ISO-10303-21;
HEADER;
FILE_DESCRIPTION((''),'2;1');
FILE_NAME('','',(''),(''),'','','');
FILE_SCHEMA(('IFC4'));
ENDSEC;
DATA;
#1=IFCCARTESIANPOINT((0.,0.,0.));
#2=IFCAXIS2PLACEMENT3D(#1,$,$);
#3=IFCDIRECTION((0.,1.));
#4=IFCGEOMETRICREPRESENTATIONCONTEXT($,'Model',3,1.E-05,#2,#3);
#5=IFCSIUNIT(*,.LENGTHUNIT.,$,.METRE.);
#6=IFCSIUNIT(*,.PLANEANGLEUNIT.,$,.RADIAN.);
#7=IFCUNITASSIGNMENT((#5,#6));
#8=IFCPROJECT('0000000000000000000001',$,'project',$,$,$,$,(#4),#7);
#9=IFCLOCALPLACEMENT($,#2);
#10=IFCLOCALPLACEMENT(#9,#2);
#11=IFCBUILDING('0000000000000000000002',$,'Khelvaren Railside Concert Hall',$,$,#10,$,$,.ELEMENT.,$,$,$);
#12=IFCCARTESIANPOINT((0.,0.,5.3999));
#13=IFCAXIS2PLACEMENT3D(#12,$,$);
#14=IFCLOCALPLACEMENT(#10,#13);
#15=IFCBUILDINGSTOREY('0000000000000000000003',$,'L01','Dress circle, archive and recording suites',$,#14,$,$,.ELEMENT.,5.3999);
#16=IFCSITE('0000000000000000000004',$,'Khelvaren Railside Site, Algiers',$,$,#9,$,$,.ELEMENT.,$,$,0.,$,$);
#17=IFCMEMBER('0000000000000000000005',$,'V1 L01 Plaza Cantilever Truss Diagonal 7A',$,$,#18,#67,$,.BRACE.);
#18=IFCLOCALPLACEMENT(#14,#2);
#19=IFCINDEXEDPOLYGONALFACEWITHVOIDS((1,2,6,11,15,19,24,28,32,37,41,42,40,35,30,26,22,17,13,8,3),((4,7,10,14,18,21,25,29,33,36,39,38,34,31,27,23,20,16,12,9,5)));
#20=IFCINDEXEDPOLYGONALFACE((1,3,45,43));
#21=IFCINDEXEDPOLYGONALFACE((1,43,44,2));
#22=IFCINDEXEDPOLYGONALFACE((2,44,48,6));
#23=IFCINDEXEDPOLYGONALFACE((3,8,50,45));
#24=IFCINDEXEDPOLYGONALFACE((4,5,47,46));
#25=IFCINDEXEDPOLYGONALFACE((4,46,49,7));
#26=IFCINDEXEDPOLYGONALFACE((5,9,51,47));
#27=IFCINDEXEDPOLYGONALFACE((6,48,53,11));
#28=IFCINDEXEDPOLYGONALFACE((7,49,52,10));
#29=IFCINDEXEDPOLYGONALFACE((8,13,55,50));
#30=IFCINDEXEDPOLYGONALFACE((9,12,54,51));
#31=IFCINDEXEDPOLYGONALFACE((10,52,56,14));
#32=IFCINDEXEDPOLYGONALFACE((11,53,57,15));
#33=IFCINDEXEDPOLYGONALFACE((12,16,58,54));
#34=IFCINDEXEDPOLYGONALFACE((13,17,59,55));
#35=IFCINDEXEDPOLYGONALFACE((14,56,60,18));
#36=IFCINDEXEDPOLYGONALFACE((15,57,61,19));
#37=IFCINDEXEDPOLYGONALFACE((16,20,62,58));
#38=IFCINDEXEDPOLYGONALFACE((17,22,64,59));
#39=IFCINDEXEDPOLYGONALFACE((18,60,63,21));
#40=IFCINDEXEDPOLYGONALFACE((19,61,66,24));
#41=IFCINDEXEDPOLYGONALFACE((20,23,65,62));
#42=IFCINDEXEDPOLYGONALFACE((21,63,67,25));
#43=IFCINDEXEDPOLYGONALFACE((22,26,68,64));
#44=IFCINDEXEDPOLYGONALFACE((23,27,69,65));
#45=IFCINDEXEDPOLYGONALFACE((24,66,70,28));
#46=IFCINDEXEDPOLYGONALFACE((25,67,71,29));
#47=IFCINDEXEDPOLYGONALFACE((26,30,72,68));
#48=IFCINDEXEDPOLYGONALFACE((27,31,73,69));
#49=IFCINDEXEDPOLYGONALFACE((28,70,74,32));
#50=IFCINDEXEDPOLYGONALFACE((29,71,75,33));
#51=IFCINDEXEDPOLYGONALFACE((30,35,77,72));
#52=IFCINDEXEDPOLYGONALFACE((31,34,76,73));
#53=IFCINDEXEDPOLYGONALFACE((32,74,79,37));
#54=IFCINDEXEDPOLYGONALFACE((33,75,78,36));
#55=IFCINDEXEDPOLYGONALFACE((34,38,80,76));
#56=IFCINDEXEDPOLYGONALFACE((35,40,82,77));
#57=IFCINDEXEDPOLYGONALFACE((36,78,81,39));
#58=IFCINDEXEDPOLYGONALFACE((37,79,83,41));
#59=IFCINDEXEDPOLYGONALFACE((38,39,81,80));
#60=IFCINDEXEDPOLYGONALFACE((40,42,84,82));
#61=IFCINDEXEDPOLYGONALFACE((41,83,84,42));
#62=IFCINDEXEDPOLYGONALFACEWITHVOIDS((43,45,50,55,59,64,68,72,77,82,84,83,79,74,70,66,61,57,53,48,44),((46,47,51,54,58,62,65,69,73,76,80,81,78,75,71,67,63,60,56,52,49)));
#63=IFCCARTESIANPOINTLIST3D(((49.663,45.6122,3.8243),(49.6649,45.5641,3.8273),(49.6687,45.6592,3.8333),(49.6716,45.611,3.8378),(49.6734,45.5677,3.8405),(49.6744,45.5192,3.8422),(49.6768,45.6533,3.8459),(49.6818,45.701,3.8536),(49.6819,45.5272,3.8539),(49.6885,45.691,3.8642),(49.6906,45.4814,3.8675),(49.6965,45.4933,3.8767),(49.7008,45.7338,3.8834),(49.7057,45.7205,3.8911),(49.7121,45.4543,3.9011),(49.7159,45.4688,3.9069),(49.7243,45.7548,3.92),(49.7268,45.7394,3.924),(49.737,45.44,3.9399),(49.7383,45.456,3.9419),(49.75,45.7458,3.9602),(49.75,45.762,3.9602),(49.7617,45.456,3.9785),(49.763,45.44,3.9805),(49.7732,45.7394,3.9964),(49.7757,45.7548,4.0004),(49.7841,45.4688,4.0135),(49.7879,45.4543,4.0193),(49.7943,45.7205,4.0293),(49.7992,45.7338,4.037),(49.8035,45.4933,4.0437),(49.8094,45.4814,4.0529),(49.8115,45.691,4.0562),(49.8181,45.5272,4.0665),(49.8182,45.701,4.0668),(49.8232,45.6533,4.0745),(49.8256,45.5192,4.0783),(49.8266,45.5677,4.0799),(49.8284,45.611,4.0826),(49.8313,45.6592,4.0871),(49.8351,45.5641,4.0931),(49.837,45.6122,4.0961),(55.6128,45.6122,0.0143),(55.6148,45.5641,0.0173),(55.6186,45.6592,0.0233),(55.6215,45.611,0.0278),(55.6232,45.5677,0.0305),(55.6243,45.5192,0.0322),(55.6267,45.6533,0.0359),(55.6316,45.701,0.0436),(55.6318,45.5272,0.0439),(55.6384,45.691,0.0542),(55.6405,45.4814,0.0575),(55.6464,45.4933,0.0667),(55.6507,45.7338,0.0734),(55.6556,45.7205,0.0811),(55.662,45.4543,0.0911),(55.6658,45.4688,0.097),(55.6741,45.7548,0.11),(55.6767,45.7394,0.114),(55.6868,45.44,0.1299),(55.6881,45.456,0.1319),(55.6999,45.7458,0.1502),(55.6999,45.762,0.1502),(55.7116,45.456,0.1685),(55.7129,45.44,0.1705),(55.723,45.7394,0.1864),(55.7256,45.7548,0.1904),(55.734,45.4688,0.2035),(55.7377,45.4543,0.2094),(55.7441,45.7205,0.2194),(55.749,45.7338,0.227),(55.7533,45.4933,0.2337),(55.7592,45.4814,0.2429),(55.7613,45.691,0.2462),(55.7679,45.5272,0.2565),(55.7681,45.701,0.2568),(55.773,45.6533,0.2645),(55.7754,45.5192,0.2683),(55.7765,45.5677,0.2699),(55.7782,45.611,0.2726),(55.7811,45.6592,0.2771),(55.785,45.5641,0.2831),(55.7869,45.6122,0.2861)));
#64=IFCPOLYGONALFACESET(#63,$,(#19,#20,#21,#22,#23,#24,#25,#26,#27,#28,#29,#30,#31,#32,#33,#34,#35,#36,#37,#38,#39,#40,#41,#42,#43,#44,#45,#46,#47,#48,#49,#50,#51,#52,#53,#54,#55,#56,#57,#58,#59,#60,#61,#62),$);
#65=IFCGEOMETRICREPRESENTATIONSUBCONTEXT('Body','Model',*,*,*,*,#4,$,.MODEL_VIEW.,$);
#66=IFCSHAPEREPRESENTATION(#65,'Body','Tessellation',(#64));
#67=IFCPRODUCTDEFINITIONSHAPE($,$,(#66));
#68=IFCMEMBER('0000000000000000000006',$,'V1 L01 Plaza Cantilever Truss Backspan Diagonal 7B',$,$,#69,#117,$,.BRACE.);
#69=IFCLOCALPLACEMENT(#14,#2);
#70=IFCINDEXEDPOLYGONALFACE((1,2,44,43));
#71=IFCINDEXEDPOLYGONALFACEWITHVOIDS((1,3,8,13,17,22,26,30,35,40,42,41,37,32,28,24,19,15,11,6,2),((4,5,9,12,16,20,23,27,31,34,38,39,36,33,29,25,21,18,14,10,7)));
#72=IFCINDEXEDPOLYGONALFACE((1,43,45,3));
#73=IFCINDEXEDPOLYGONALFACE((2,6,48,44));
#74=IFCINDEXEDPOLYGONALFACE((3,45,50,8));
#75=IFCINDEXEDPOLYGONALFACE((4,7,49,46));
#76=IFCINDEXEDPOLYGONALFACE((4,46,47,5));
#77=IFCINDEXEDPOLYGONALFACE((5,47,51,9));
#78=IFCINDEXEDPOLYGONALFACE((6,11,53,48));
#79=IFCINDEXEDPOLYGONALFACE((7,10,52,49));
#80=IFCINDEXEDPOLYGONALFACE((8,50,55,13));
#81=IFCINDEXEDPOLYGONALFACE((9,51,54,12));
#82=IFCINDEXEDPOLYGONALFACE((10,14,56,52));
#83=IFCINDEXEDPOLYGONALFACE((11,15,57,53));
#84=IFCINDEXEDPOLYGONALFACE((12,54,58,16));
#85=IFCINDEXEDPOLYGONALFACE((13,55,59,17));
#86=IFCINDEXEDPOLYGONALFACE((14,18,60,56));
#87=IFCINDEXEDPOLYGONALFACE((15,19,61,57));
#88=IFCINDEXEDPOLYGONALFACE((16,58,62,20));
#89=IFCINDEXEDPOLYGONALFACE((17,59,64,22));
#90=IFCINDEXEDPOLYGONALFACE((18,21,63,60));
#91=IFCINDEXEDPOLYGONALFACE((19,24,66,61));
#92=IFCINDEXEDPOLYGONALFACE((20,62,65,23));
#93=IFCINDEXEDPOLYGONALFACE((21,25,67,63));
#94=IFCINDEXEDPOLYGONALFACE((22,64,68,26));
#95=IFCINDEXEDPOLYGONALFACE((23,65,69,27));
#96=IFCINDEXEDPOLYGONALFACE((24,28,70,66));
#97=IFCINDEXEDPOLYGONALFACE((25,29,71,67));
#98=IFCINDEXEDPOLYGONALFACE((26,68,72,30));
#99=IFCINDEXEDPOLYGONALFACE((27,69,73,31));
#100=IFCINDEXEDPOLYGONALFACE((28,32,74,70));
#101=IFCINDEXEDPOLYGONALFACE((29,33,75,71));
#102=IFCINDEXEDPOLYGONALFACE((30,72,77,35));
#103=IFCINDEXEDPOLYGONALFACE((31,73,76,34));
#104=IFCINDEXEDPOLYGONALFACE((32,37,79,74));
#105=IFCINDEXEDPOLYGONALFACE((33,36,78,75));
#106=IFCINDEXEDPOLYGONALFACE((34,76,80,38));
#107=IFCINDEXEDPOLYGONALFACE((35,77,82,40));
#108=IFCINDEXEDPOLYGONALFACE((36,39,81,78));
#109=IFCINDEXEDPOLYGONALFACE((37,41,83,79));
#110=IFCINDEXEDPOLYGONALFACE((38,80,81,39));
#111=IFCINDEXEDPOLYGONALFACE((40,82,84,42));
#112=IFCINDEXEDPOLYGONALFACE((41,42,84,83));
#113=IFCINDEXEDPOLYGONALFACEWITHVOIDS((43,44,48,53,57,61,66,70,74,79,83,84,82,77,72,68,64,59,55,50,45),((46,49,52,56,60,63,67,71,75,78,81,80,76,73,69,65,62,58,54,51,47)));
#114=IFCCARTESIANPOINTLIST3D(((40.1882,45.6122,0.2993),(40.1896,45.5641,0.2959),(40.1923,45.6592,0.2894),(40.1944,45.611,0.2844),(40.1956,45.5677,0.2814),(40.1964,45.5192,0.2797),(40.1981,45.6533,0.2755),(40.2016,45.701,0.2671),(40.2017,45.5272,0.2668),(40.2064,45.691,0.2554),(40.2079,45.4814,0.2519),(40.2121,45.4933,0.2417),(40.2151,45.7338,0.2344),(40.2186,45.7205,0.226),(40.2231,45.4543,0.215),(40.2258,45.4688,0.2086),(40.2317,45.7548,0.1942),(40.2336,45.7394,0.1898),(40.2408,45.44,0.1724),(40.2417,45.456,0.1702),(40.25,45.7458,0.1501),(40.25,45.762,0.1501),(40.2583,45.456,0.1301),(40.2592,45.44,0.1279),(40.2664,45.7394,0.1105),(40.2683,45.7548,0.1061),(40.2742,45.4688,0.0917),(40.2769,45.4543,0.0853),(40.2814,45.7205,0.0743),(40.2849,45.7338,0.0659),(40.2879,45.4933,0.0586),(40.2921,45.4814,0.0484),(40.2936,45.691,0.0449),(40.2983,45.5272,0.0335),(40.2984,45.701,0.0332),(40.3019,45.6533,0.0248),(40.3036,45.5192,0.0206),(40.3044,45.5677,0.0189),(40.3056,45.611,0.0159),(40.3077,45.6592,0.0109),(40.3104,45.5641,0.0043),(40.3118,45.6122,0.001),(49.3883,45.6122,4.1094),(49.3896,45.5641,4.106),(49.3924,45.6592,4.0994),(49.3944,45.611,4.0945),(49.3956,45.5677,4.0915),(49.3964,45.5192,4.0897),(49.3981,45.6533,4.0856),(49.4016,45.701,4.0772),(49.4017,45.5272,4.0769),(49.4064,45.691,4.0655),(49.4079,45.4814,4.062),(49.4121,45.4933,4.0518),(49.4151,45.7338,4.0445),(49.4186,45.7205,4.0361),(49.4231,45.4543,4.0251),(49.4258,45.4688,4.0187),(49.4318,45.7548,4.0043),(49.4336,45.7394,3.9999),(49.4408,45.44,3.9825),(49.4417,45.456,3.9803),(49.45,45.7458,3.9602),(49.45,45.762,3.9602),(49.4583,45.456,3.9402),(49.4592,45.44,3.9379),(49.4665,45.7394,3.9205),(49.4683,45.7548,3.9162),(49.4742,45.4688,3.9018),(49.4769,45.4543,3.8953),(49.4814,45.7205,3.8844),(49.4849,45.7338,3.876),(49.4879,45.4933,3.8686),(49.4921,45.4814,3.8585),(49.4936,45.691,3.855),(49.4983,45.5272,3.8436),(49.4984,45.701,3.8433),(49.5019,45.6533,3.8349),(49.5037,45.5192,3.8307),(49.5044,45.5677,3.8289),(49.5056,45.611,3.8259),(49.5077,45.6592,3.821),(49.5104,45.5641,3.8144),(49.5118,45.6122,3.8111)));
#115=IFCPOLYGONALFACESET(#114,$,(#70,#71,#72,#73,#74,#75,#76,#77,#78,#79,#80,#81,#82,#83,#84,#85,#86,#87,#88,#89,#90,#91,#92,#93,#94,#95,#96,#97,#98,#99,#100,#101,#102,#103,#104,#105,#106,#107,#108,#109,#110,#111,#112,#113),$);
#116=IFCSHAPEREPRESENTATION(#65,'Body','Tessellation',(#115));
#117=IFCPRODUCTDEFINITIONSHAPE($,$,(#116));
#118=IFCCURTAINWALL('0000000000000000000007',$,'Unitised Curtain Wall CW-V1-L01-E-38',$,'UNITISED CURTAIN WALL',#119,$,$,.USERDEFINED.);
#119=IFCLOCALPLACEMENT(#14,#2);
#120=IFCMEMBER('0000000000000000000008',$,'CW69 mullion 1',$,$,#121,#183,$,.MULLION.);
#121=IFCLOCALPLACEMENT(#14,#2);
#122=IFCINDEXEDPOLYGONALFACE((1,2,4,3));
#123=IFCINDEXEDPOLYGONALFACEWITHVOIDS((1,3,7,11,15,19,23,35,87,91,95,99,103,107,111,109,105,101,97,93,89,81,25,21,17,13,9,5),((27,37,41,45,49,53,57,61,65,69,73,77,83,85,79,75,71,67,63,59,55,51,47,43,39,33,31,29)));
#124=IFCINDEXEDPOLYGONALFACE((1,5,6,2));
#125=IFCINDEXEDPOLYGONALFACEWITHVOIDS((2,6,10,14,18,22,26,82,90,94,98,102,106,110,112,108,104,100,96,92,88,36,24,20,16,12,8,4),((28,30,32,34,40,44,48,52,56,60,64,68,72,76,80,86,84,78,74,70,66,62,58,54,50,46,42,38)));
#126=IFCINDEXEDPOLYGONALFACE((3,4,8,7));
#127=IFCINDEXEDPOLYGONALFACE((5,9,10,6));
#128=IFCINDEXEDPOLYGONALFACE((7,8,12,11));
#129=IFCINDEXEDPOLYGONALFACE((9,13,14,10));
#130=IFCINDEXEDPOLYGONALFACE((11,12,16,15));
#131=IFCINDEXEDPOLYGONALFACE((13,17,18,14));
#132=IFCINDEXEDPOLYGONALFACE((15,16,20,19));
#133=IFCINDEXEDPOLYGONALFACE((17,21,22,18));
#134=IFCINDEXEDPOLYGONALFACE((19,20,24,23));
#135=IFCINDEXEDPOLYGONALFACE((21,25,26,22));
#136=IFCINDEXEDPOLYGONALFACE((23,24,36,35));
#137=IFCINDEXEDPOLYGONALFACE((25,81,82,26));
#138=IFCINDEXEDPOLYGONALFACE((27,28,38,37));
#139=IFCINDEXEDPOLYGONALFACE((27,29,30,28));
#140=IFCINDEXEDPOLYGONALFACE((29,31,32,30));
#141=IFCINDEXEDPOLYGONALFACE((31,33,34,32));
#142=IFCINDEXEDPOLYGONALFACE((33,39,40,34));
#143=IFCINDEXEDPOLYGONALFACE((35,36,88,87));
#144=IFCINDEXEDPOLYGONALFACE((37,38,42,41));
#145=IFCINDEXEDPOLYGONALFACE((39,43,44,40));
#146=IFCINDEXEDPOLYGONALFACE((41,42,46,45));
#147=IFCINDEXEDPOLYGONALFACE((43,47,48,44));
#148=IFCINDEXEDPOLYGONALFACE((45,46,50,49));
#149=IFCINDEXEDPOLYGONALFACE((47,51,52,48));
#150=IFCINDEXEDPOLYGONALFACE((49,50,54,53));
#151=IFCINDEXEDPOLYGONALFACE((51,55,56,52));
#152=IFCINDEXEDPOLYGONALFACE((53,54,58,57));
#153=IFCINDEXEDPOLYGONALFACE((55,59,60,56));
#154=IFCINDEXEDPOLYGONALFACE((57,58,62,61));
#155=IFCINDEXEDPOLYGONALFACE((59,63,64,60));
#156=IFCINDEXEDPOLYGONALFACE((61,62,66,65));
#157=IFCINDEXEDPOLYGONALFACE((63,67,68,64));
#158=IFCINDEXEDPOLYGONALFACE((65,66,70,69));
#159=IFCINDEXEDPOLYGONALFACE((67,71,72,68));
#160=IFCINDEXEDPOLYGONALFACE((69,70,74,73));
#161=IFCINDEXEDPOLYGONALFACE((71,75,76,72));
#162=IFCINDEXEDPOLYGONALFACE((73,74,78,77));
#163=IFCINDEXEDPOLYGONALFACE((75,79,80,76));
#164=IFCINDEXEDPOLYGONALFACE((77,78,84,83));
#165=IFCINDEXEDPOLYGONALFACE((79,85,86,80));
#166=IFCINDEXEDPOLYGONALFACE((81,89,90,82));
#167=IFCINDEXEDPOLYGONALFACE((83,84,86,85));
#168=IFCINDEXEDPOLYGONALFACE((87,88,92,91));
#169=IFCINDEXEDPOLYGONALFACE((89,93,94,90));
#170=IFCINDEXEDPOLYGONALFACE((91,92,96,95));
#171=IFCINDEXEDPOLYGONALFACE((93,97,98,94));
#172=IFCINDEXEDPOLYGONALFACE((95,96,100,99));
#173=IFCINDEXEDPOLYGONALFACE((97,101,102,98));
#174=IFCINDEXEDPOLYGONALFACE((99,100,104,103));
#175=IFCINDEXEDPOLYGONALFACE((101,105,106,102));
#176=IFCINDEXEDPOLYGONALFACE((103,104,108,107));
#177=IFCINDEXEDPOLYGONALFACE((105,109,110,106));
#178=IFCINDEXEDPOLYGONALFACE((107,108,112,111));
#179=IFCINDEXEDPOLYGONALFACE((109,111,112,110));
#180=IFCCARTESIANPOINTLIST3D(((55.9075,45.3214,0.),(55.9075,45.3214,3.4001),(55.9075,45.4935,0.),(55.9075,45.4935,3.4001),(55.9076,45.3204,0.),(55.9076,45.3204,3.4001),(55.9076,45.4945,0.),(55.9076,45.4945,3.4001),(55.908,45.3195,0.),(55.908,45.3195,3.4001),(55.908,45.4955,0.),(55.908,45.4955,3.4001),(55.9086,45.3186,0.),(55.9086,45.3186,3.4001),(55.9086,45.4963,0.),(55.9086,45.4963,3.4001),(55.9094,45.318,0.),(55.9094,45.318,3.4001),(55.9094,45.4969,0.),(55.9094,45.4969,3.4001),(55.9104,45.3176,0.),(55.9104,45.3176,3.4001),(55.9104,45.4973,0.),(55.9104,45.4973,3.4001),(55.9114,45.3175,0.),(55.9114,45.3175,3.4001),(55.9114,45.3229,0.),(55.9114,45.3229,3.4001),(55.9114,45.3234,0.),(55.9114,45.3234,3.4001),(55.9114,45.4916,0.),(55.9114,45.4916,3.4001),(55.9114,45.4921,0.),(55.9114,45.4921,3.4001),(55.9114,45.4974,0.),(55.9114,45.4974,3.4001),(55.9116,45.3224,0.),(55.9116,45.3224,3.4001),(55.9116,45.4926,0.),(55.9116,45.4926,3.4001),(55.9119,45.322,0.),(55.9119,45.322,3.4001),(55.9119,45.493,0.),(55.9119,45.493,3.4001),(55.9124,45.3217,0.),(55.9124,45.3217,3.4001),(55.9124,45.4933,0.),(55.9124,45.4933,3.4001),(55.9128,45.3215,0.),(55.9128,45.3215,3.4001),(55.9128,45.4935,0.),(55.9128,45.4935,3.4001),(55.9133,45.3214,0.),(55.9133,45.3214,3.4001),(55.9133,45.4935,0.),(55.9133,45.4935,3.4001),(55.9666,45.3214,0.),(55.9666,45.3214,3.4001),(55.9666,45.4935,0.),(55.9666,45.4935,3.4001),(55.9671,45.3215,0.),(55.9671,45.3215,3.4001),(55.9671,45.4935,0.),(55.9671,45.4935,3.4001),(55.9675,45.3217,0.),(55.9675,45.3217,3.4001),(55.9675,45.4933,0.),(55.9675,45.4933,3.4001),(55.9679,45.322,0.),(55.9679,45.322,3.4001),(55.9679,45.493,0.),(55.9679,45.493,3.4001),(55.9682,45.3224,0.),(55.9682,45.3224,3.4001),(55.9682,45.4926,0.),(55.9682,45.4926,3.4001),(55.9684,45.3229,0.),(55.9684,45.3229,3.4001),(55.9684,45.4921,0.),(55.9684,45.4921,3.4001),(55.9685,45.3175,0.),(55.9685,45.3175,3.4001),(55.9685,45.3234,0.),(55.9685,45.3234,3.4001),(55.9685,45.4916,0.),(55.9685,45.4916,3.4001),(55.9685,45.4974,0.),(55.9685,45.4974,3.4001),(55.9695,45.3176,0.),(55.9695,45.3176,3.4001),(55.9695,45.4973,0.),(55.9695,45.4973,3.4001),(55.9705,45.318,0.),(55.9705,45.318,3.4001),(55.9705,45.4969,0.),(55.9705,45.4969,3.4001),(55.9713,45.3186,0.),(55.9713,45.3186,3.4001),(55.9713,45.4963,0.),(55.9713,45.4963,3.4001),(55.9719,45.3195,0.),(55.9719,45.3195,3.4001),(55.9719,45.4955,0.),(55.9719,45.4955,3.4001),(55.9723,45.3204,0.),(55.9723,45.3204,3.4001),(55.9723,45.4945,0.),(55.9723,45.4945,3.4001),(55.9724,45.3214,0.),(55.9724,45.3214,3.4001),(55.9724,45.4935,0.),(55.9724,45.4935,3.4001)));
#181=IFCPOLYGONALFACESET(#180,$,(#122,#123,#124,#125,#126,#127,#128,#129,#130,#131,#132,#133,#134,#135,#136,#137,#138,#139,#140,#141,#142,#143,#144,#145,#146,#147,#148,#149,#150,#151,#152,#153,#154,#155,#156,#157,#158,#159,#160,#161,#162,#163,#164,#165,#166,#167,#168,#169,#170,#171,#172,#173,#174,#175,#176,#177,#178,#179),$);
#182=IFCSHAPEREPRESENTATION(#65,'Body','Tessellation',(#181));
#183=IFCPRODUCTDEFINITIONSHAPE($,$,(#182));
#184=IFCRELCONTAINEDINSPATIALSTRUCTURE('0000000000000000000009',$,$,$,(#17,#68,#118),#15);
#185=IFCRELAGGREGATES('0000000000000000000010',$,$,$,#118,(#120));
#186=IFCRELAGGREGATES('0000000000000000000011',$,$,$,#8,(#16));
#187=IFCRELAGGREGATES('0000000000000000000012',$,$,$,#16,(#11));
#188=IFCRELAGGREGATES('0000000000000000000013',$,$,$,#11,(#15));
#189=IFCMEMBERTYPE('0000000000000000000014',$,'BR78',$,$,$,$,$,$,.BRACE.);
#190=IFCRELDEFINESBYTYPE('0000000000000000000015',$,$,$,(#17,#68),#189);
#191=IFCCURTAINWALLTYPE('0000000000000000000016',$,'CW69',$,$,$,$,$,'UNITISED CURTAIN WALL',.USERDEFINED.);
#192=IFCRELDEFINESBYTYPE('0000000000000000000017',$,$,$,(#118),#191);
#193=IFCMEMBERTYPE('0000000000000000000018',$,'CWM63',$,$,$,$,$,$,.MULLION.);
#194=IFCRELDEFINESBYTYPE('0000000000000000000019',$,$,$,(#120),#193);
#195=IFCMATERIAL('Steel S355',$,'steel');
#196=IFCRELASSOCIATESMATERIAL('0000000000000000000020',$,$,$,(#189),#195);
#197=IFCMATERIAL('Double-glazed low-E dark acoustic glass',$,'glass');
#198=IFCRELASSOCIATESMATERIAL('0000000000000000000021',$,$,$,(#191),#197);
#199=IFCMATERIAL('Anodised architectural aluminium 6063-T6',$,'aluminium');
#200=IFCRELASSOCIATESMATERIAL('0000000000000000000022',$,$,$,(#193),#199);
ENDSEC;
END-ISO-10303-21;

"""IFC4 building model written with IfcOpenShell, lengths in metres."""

from ifc_helpers import new_model, si_unit, direction, frame, origin, origin_2d, place, context, subcontext, project, spatial, hollow_rectangle, hollow_circle, extrude, material, material_profile, profile_set, type_object, element, aggregate, save


model = new_model("IFC4")

# Units and contexts
model_context = context("Model", 3, precision=1e-05, world=origin(), true_north=direction((0.0, 1.0)))
body_context = subcontext(model_context, "Body", "Model", "MODEL_VIEW")
ifc_project = project(units=[si_unit("LENGTHUNIT", "METRE"), si_unit("PLANEANGLEUNIT", "RADIAN")], contexts=[model_context])

# Site, building, storey
site_placement = place(None, origin())
site = spatial("IfcSite", under=ifc_project, at=site_placement, Name="Khelvaren Railside Site, Algiers", CompositionType="ELEMENT", RefElevation=0.0)
building_placement = place(site_placement, origin())
building = spatial("IfcBuilding", under=site, at=building_placement, Name="Khelvaren Railside Concert Hall", CompositionType="ELEMENT")
storey_placement = place(building_placement, frame((0.0, 0.0, 5.3999)))
storey = spatial("IfcBuildingStorey", under=building, at=storey_placement, Name="L01", Description="Dress circle, archive and recording suites", CompositionType="ELEMENT", Elevation=5.3999)

# Shared definitions
ifc_material_1 = material(Name="Steel S355", Category="steel")

# Members
ifc_material_profile_1 = material_profile(ifc_material_1, hollow_circle(Radius=0.1619, WallThickness=0.0161, at=origin_2d()), Name="CHS 323.9x16")
ifc_profile_set_1 = profile_set([ifc_material_profile_1], Name="Steel S355")
member_type_1 = type_object("IfcMemberType", Name="BR78", PredefinedType="BRACE", material=ifc_profile_set_1)
member_1_placement = place(storey_placement, frame((49.75, 45.6001, 3.9602), z_axis=(0.842137, 0.0, -0.539264), x_axis=(0.0, 1.0, 0.0)))
element("IfcMember", 1, at=member_1_placement, inside=storey, type_object=member_type_1, Name="V1 L01 Plaza Cantilever Truss Diagonal 7A", PredefinedType="BRACE", context=body_context, shape_type="SweptSolid", body=[
    extrude(hollow_circle(Radius=0.1619, WallThickness=0.0161, at=origin_2d()), origin(), (0.0, 0.0, 1.0), 7.0652),
])
member_2_placement = place(storey_placement, frame((40.25, 45.6001, 0.1501), z_axis=(0.923904, 0.0, 0.382625), x_axis=(0.0, 1.0, 0.0)))
element("IfcMember", 2, at=member_2_placement, inside=storey, type_object=member_type_1, Name="V1 L01 Plaza Cantilever Truss Backspan Diagonal 7B", PredefinedType="BRACE", context=body_context, shape_type="SweptSolid", body=[
    extrude(hollow_circle(Radius=0.1619, WallThickness=0.0161, at=origin_2d()), origin(), (0.0, 0.0, 1.0), 9.9578),
])

# Curtain wall, member
ifc_material_2 = material(Name="Double-glazed low-E dark acoustic glass", Category="glass")
curtain_wall_type = type_object("IfcCurtainWallType", Name="CW69", ElementType="UNITISED CURTAIN WALL", PredefinedType="USERDEFINED", material=ifc_material_2)
curtain_wall_placement = place(storey_placement, origin())
curtain_wall = element("IfcCurtainWall", 3, at=curtain_wall_placement, inside=storey, type_object=curtain_wall_type, Name="Unitised Curtain Wall CW-V1-L01-E-38", ObjectType="UNITISED CURTAIN WALL", PredefinedType="USERDEFINED")
ifc_material_3 = material(Name="Anodised architectural aluminium 6063-T6", Category="aluminium")
ifc_material_profile_2 = material_profile(ifc_material_3, hollow_rectangle(XDim=0.0649, YDim=0.1799, WallThickness=0.0039, InnerFilletRadius=0.002, OuterFilletRadius=0.0039, at=origin_2d()), Name="CWM 65x180x4")
ifc_profile_set_2 = profile_set([ifc_material_profile_2], Name="Anodised architectural aluminium 6063-T6")
member_type_2 = type_object("IfcMemberType", Name="CWM63", PredefinedType="MULLION", material=ifc_profile_set_2)
member_3_placement = place(storey_placement, frame((55.9399, 45.4075, 0.0), z_axis=(0.0, 0.0, 1.0), x_axis=(1.0, 0.0, 0.0)))
member_3 = element("IfcMember", 4, at=member_3_placement, type_object=member_type_2, Name="CW69 mullion 1", PredefinedType="MULLION", context=body_context, shape_type="SweptSolid", body=[
    extrude(hollow_rectangle(XDim=0.0649, YDim=0.1799, WallThickness=0.0039, InnerFilletRadius=0.002, OuterFilletRadius=0.0039, at=origin_2d()), origin(), (0.0, 0.0, 1.0), 3.4001),
])
aggregate(curtain_wall, [member_3])

save(model, "model.ifc")
